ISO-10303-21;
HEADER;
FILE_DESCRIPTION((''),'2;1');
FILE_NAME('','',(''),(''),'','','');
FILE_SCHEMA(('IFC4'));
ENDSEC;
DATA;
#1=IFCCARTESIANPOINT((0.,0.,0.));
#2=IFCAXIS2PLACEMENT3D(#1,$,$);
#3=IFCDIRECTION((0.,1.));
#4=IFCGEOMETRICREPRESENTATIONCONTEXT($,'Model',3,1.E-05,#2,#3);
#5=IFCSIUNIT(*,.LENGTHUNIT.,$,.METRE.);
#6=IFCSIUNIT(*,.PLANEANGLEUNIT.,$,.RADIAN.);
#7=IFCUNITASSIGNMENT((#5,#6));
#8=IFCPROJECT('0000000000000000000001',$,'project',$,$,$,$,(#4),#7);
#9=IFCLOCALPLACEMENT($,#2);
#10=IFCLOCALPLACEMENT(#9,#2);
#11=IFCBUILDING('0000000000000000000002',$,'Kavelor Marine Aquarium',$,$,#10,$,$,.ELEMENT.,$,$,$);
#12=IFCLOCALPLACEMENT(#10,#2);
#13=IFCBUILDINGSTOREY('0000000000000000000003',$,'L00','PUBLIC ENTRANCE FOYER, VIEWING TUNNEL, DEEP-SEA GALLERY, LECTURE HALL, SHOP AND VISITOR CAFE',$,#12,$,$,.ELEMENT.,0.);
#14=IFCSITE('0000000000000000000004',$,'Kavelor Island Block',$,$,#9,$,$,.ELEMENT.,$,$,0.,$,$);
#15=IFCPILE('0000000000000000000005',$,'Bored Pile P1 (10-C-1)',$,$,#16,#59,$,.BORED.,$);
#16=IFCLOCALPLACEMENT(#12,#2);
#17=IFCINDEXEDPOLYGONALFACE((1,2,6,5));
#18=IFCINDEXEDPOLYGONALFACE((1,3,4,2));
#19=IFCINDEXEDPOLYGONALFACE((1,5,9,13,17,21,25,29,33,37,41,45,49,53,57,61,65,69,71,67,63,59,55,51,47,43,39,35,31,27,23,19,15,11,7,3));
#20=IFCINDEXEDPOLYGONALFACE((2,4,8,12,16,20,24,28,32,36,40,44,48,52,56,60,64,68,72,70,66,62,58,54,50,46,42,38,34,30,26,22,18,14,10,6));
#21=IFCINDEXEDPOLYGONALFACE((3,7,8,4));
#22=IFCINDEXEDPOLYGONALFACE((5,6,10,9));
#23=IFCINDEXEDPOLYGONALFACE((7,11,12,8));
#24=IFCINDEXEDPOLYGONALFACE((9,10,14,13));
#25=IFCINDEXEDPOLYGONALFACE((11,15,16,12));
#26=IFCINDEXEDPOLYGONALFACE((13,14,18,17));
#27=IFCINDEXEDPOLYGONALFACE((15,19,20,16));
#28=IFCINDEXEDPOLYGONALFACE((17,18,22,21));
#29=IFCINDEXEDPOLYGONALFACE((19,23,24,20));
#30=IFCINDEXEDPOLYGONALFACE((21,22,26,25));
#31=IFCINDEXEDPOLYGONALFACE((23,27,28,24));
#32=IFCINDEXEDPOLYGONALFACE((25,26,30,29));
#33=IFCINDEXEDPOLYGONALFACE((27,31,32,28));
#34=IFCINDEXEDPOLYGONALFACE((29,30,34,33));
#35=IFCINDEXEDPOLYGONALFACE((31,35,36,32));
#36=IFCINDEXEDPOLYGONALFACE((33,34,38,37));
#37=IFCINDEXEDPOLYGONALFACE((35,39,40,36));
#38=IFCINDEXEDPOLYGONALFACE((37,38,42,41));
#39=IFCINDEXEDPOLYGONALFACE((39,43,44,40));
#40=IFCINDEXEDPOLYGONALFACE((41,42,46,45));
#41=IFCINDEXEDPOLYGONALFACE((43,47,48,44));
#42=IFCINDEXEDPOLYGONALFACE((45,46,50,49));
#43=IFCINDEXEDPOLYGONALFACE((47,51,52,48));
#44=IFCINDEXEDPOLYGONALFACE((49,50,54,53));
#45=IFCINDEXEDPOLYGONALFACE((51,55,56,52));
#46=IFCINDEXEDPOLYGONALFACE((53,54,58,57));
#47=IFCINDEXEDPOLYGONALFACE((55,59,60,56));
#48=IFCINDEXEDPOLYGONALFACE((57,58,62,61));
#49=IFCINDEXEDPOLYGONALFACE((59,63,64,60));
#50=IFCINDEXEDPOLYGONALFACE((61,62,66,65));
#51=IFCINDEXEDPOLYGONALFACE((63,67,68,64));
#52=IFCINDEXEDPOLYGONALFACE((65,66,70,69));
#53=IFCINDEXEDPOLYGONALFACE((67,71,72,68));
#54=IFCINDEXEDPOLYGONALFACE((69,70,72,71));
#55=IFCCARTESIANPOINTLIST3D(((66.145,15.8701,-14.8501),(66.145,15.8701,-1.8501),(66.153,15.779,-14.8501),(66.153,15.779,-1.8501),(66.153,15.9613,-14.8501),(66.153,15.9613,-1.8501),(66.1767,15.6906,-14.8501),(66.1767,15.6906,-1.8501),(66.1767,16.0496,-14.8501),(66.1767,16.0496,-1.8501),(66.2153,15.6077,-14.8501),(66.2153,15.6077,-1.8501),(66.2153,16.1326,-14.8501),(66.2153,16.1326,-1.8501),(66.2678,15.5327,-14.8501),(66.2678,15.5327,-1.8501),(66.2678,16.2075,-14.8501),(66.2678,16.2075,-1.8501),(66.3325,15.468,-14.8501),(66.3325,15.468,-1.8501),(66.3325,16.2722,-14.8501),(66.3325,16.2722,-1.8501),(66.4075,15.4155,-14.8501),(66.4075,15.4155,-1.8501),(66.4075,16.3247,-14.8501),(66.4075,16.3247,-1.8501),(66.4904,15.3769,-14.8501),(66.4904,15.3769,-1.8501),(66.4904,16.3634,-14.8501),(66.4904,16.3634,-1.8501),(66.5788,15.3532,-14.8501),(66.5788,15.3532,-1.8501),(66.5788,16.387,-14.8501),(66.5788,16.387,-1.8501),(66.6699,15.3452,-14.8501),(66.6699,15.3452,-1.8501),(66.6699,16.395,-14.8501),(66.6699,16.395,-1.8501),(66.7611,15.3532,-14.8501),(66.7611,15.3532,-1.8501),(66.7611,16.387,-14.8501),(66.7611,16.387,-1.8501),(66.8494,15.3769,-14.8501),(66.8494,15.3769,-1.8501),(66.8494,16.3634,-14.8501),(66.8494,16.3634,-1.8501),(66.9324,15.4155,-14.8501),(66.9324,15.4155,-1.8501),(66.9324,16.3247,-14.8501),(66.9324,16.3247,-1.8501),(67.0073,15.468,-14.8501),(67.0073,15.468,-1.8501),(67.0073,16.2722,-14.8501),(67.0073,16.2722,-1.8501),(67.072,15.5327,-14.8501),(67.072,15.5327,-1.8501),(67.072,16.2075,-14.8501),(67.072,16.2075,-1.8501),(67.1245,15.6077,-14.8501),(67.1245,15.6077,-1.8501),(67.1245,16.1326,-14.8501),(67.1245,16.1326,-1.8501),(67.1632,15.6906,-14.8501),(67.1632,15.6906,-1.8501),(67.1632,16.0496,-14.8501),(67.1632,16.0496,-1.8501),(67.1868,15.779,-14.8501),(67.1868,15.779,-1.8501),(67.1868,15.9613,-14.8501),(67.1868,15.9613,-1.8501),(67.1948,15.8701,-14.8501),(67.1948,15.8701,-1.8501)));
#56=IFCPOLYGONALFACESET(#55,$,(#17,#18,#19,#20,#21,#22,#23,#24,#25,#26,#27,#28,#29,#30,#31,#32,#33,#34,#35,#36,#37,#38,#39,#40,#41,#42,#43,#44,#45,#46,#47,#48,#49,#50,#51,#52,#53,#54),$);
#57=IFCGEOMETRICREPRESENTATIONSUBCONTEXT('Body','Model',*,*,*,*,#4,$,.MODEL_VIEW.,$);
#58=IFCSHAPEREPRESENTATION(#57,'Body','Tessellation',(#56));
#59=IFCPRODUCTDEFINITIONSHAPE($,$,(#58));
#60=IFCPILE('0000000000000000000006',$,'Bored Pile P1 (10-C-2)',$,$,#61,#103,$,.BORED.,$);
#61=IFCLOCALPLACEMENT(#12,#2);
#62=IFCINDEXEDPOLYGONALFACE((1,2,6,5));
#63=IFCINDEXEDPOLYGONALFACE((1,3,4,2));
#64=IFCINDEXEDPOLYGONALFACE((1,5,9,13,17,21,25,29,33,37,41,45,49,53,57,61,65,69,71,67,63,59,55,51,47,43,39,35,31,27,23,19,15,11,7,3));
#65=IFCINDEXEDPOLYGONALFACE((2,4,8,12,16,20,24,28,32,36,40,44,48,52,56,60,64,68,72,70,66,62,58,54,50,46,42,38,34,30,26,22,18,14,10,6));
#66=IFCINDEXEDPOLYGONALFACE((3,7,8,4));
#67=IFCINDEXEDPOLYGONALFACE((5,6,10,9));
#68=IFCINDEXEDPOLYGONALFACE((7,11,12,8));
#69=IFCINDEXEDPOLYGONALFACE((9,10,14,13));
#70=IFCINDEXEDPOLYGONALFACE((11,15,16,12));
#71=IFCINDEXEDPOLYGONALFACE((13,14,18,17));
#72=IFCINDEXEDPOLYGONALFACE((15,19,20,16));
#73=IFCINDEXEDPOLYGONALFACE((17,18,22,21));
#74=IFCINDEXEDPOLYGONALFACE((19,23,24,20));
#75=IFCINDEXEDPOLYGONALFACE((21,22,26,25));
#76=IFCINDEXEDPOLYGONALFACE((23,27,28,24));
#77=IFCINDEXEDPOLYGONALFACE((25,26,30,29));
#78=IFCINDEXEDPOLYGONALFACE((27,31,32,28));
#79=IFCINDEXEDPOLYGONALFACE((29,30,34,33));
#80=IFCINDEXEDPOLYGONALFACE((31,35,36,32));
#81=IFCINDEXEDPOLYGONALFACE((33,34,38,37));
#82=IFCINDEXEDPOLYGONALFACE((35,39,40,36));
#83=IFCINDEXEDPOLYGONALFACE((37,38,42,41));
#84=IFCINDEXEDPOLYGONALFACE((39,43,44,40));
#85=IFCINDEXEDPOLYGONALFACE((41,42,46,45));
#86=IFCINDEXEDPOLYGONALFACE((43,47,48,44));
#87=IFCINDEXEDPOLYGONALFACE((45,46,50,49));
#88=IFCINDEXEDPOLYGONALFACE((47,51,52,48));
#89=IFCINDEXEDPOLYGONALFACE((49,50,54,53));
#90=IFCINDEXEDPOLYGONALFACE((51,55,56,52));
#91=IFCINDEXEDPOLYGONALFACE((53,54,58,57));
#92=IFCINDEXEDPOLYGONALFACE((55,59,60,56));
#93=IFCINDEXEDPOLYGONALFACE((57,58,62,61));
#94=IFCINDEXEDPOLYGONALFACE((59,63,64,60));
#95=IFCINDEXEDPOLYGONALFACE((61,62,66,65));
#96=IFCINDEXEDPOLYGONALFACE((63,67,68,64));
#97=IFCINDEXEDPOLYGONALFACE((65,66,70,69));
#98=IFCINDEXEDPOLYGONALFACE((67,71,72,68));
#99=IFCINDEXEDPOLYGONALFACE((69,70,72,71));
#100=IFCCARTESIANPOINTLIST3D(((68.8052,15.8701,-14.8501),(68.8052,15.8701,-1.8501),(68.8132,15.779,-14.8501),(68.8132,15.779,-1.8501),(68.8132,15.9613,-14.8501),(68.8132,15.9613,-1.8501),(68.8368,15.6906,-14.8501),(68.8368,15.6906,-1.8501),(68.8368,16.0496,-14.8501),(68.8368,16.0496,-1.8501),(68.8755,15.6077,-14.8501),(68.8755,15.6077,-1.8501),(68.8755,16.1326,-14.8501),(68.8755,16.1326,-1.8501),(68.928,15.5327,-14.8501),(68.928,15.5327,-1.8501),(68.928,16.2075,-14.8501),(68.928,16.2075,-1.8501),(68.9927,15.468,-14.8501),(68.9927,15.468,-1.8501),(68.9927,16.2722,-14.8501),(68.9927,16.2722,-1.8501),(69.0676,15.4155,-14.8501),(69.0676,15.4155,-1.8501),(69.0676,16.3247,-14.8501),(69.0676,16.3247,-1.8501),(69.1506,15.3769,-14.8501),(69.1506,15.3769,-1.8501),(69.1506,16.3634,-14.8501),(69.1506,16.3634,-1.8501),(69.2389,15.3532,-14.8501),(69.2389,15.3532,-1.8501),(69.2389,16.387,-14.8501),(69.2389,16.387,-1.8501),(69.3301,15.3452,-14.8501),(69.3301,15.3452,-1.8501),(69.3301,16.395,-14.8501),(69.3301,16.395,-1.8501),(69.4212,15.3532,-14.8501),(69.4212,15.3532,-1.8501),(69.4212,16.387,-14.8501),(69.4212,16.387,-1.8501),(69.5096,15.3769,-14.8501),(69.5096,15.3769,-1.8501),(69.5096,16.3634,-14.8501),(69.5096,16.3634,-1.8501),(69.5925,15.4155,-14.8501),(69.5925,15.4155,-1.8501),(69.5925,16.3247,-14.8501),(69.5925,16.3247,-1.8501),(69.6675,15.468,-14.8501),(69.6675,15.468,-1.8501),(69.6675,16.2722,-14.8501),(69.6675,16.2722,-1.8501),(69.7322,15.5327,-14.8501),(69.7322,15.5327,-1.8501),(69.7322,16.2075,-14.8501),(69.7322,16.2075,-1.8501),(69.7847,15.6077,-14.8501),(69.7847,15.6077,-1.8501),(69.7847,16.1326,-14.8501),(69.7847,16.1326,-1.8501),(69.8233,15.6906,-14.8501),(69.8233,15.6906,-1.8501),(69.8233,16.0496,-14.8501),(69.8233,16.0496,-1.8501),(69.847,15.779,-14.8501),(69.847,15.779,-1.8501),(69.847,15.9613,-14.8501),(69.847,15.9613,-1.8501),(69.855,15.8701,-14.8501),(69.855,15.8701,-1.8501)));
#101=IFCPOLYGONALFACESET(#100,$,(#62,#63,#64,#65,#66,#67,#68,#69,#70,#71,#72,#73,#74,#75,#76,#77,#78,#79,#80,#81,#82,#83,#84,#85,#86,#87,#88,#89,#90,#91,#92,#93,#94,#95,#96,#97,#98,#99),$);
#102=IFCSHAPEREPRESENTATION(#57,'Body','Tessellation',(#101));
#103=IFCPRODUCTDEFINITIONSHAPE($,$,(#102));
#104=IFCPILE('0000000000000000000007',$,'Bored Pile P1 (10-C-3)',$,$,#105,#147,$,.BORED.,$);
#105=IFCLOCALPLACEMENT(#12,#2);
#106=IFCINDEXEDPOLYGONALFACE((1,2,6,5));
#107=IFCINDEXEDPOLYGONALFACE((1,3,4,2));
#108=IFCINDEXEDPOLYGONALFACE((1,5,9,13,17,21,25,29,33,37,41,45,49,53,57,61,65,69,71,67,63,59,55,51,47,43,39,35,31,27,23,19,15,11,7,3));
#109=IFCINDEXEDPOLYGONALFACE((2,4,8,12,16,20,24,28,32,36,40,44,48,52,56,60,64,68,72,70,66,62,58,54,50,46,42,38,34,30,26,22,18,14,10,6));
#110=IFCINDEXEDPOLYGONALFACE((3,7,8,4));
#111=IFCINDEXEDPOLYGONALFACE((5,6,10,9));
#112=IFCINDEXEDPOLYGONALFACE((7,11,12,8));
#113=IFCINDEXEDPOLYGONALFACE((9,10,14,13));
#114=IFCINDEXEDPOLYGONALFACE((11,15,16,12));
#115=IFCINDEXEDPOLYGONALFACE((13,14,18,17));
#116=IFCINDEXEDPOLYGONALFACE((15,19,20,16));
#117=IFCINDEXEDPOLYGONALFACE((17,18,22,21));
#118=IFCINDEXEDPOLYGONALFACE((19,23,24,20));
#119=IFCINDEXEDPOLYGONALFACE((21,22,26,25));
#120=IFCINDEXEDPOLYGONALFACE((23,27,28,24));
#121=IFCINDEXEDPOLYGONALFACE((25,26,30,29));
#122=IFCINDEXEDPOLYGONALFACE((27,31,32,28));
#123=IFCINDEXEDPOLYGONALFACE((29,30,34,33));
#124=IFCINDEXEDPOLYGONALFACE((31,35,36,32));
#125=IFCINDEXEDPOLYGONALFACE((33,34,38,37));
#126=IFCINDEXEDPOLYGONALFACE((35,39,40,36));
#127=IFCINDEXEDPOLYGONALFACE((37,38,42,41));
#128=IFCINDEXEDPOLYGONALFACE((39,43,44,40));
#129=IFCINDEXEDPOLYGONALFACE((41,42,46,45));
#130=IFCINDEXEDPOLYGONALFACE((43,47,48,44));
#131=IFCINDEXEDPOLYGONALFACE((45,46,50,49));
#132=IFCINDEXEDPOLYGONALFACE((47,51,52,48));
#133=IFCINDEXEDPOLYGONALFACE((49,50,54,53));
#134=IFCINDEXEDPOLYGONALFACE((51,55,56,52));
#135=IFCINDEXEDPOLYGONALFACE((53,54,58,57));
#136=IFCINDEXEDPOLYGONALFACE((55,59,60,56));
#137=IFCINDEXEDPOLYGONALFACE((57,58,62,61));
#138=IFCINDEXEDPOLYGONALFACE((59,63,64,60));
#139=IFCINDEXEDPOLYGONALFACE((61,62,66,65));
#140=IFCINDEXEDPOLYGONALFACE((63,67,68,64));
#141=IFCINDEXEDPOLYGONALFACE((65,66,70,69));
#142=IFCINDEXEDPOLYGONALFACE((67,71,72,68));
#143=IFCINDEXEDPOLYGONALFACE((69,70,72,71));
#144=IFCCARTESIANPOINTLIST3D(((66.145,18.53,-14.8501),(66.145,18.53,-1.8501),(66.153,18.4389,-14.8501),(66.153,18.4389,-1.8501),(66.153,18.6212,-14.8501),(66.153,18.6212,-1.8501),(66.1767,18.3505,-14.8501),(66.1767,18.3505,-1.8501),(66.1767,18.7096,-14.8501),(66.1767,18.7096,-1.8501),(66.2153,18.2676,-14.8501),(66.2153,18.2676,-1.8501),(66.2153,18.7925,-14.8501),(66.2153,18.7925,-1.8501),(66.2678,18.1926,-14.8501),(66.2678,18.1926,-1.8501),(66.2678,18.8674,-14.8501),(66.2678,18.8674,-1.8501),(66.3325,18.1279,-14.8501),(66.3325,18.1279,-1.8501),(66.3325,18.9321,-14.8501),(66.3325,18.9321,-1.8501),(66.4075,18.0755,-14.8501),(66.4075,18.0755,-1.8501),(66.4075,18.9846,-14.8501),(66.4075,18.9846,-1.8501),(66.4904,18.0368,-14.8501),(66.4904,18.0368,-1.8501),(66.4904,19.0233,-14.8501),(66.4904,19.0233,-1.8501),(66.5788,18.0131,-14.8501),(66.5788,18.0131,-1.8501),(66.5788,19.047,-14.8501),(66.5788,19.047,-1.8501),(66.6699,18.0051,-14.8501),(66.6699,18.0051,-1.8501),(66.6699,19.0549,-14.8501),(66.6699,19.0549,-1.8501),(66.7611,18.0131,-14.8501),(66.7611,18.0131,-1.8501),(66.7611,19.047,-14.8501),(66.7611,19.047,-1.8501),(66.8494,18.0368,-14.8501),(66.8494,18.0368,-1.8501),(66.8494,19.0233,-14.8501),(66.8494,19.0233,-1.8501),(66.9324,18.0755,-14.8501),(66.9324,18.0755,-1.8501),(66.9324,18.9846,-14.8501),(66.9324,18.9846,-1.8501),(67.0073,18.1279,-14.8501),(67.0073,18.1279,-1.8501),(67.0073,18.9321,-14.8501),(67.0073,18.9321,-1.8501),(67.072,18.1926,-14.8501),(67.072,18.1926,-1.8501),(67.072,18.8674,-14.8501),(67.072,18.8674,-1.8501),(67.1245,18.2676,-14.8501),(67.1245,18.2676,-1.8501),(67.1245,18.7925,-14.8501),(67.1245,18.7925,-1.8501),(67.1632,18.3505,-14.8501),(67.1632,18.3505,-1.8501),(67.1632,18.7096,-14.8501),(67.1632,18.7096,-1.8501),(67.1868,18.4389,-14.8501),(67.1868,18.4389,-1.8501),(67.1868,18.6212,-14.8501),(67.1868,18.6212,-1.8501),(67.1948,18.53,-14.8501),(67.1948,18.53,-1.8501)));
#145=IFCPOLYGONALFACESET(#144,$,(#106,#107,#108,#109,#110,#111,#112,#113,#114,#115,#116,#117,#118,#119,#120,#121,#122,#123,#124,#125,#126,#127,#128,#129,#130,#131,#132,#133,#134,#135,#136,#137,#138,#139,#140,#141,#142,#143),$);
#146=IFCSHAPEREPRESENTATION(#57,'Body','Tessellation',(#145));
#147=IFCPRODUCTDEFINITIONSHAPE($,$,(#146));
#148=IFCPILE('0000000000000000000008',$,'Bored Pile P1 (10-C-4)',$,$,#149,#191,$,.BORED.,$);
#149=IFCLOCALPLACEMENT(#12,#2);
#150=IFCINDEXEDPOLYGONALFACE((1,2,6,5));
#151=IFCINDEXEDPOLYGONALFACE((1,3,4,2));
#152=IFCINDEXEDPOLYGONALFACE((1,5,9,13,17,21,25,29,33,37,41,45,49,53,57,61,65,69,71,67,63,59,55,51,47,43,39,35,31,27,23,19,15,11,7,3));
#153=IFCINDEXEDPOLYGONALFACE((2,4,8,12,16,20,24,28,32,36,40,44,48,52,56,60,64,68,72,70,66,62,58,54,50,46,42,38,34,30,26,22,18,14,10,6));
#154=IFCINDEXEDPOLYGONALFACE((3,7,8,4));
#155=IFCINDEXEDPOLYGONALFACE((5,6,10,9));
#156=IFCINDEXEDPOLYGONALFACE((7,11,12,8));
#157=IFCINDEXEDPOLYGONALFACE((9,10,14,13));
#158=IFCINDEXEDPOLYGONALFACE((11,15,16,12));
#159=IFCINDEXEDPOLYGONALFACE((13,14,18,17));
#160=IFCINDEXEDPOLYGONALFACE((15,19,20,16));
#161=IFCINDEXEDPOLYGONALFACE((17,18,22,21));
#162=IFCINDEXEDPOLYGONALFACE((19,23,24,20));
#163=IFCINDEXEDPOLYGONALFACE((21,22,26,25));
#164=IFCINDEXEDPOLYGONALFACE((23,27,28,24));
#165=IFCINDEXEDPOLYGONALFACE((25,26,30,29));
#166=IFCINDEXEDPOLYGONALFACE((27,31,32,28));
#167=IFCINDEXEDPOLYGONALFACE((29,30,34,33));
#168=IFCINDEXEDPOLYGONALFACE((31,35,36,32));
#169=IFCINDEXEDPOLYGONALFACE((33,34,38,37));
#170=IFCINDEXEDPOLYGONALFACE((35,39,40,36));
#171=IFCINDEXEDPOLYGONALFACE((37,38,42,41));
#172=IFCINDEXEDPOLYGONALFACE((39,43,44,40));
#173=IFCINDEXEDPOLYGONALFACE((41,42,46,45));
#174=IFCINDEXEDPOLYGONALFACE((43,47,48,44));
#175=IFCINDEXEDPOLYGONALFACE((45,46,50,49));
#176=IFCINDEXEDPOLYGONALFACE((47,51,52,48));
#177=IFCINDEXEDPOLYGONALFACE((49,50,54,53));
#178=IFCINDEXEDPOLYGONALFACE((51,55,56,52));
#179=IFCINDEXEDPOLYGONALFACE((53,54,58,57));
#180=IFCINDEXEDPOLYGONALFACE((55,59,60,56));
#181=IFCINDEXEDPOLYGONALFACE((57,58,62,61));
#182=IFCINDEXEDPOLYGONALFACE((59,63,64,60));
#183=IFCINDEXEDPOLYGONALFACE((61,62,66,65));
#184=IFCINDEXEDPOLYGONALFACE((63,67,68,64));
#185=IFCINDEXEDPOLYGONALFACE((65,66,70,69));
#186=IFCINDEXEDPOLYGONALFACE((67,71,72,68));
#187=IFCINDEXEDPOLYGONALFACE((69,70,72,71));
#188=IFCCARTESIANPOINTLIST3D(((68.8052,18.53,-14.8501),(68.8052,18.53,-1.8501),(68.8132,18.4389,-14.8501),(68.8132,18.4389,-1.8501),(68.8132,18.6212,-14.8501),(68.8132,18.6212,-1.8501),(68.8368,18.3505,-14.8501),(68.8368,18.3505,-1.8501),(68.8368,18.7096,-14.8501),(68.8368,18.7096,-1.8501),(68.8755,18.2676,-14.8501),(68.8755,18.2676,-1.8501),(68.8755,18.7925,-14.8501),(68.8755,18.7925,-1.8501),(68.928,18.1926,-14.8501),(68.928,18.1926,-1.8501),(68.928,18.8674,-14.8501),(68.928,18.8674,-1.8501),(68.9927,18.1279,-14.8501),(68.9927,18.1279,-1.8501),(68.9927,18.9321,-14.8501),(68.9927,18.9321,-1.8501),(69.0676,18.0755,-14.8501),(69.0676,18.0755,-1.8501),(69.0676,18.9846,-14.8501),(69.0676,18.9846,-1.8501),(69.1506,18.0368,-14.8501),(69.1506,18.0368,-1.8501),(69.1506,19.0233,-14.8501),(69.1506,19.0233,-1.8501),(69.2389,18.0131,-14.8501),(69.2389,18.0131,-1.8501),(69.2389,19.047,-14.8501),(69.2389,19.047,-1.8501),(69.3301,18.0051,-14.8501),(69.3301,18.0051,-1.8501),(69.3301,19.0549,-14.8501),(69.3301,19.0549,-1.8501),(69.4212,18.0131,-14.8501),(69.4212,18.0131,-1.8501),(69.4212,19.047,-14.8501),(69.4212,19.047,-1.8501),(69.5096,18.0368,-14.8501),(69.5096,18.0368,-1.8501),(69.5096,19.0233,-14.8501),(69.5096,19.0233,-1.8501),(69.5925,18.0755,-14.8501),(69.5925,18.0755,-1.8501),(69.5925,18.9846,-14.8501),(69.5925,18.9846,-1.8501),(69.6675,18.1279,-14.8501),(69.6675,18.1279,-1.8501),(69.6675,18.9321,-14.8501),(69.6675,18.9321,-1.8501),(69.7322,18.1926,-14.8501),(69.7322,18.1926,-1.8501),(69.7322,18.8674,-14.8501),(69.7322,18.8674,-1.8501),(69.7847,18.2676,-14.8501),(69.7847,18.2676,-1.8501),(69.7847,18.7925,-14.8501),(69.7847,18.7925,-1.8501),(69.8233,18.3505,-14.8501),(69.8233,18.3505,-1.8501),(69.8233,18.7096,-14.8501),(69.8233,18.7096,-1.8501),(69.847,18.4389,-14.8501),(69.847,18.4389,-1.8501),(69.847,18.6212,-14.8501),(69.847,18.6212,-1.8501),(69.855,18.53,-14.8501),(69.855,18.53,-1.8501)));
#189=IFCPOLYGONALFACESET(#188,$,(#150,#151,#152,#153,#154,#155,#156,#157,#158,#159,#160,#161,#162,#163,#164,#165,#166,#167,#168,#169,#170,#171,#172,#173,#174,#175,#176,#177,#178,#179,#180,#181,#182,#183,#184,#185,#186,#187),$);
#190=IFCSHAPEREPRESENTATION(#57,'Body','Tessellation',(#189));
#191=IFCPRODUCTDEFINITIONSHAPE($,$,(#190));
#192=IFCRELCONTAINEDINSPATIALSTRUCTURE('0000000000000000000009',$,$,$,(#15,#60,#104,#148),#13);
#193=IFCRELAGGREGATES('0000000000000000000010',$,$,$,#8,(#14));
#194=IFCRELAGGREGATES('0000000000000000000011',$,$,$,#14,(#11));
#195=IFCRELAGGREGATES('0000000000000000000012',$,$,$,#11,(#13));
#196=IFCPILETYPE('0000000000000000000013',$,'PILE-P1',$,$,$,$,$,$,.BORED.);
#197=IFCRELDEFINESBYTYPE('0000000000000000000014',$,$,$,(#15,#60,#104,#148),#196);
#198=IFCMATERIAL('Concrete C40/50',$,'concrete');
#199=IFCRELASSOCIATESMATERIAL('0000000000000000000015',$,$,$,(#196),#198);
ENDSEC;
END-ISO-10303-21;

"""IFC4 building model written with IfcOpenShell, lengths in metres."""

from ifc_helpers import new_model, si_unit, direction, frame, origin, origin_2d, place, context, subcontext, project, spatial, circle, extrude, material, material_profile, profile_set, type_object, element, save


model = new_model("IFC4")

# Units and contexts
model_context = context("Model", 3, precision=1e-05, world=origin(), true_north=direction((0.0, 1.0)))
body_context = subcontext(model_context, "Body", "Model", "MODEL_VIEW")
ifc_project = project(units=[si_unit("LENGTHUNIT", "METRE"), si_unit("PLANEANGLEUNIT", "RADIAN")], contexts=[model_context])

# Site, building, storey
site_placement = place(None, origin())
site = spatial("IfcSite", under=ifc_project, at=site_placement, Name="Kavelor Island Block", CompositionType="ELEMENT", RefElevation=0.0)
building_placement = place(site_placement, origin())
building = spatial("IfcBuilding", under=site, at=building_placement, Name="Kavelor Marine Aquarium", CompositionType="ELEMENT")
storey_placement = place(building_placement, origin())
storey = spatial("IfcBuildingStorey", under=building, at=storey_placement, Name="L00", Description="PUBLIC ENTRANCE FOYER, VIEWING TUNNEL, DEEP-SEA GALLERY, LECTURE HALL, SHOP AND VISITOR CAFE", CompositionType="ELEMENT", Elevation=0.0)

# Piles
ifc_material_1 = material(Name="Concrete C40/50", Category="concrete")
ifc_material_profile_1 = material_profile(ifc_material_1, circle(Radius=0.5249, at=origin_2d()), Name="PILE D1050")
ifc_profile_set_1 = profile_set([ifc_material_profile_1], Name="Concrete C40/50")
pile_type_1 = type_object("IfcPileType", Name="PILE-P1", PredefinedType="BORED", material=ifc_profile_set_1)
for number, where, z_axis, x_axis, name in (
    (1, (66.6699, 15.8701, -1.8501), (0.0, 0.0, -1.0), (1.0, 0.0, 0.0), "Bored Pile P1 (10-C-1)"),
    (2, (69.3301, 15.8701, -1.8501), (0.0, 0.0, -1.0), (1.0, 0.0, 0.0), "Bored Pile P1 (10-C-2)"),
    (3, (66.6699, 18.53, -1.8501), (0.0, 0.0, -1.0), (1.0, 0.0, 0.0), "Bored Pile P1 (10-C-3)"),
    (4, (69.3301, 18.53, -1.8501), (0.0, 0.0, -1.0), (1.0, 0.0, 0.0), "Bored Pile P1 (10-C-4)"),
):
    element("IfcPile", number, at=place(storey_placement, frame(where, z_axis=z_axis, x_axis=x_axis)), inside=storey, type_object=pile_type_1, Name=name, PredefinedType="BORED", context=body_context, shape_type="SweptSolid", body=[
        extrude(circle(Radius=0.5249, at=origin_2d()), origin(), (0.0, 0.0, 1.0), 13.0),
    ])

save(model, "model.ifc")
